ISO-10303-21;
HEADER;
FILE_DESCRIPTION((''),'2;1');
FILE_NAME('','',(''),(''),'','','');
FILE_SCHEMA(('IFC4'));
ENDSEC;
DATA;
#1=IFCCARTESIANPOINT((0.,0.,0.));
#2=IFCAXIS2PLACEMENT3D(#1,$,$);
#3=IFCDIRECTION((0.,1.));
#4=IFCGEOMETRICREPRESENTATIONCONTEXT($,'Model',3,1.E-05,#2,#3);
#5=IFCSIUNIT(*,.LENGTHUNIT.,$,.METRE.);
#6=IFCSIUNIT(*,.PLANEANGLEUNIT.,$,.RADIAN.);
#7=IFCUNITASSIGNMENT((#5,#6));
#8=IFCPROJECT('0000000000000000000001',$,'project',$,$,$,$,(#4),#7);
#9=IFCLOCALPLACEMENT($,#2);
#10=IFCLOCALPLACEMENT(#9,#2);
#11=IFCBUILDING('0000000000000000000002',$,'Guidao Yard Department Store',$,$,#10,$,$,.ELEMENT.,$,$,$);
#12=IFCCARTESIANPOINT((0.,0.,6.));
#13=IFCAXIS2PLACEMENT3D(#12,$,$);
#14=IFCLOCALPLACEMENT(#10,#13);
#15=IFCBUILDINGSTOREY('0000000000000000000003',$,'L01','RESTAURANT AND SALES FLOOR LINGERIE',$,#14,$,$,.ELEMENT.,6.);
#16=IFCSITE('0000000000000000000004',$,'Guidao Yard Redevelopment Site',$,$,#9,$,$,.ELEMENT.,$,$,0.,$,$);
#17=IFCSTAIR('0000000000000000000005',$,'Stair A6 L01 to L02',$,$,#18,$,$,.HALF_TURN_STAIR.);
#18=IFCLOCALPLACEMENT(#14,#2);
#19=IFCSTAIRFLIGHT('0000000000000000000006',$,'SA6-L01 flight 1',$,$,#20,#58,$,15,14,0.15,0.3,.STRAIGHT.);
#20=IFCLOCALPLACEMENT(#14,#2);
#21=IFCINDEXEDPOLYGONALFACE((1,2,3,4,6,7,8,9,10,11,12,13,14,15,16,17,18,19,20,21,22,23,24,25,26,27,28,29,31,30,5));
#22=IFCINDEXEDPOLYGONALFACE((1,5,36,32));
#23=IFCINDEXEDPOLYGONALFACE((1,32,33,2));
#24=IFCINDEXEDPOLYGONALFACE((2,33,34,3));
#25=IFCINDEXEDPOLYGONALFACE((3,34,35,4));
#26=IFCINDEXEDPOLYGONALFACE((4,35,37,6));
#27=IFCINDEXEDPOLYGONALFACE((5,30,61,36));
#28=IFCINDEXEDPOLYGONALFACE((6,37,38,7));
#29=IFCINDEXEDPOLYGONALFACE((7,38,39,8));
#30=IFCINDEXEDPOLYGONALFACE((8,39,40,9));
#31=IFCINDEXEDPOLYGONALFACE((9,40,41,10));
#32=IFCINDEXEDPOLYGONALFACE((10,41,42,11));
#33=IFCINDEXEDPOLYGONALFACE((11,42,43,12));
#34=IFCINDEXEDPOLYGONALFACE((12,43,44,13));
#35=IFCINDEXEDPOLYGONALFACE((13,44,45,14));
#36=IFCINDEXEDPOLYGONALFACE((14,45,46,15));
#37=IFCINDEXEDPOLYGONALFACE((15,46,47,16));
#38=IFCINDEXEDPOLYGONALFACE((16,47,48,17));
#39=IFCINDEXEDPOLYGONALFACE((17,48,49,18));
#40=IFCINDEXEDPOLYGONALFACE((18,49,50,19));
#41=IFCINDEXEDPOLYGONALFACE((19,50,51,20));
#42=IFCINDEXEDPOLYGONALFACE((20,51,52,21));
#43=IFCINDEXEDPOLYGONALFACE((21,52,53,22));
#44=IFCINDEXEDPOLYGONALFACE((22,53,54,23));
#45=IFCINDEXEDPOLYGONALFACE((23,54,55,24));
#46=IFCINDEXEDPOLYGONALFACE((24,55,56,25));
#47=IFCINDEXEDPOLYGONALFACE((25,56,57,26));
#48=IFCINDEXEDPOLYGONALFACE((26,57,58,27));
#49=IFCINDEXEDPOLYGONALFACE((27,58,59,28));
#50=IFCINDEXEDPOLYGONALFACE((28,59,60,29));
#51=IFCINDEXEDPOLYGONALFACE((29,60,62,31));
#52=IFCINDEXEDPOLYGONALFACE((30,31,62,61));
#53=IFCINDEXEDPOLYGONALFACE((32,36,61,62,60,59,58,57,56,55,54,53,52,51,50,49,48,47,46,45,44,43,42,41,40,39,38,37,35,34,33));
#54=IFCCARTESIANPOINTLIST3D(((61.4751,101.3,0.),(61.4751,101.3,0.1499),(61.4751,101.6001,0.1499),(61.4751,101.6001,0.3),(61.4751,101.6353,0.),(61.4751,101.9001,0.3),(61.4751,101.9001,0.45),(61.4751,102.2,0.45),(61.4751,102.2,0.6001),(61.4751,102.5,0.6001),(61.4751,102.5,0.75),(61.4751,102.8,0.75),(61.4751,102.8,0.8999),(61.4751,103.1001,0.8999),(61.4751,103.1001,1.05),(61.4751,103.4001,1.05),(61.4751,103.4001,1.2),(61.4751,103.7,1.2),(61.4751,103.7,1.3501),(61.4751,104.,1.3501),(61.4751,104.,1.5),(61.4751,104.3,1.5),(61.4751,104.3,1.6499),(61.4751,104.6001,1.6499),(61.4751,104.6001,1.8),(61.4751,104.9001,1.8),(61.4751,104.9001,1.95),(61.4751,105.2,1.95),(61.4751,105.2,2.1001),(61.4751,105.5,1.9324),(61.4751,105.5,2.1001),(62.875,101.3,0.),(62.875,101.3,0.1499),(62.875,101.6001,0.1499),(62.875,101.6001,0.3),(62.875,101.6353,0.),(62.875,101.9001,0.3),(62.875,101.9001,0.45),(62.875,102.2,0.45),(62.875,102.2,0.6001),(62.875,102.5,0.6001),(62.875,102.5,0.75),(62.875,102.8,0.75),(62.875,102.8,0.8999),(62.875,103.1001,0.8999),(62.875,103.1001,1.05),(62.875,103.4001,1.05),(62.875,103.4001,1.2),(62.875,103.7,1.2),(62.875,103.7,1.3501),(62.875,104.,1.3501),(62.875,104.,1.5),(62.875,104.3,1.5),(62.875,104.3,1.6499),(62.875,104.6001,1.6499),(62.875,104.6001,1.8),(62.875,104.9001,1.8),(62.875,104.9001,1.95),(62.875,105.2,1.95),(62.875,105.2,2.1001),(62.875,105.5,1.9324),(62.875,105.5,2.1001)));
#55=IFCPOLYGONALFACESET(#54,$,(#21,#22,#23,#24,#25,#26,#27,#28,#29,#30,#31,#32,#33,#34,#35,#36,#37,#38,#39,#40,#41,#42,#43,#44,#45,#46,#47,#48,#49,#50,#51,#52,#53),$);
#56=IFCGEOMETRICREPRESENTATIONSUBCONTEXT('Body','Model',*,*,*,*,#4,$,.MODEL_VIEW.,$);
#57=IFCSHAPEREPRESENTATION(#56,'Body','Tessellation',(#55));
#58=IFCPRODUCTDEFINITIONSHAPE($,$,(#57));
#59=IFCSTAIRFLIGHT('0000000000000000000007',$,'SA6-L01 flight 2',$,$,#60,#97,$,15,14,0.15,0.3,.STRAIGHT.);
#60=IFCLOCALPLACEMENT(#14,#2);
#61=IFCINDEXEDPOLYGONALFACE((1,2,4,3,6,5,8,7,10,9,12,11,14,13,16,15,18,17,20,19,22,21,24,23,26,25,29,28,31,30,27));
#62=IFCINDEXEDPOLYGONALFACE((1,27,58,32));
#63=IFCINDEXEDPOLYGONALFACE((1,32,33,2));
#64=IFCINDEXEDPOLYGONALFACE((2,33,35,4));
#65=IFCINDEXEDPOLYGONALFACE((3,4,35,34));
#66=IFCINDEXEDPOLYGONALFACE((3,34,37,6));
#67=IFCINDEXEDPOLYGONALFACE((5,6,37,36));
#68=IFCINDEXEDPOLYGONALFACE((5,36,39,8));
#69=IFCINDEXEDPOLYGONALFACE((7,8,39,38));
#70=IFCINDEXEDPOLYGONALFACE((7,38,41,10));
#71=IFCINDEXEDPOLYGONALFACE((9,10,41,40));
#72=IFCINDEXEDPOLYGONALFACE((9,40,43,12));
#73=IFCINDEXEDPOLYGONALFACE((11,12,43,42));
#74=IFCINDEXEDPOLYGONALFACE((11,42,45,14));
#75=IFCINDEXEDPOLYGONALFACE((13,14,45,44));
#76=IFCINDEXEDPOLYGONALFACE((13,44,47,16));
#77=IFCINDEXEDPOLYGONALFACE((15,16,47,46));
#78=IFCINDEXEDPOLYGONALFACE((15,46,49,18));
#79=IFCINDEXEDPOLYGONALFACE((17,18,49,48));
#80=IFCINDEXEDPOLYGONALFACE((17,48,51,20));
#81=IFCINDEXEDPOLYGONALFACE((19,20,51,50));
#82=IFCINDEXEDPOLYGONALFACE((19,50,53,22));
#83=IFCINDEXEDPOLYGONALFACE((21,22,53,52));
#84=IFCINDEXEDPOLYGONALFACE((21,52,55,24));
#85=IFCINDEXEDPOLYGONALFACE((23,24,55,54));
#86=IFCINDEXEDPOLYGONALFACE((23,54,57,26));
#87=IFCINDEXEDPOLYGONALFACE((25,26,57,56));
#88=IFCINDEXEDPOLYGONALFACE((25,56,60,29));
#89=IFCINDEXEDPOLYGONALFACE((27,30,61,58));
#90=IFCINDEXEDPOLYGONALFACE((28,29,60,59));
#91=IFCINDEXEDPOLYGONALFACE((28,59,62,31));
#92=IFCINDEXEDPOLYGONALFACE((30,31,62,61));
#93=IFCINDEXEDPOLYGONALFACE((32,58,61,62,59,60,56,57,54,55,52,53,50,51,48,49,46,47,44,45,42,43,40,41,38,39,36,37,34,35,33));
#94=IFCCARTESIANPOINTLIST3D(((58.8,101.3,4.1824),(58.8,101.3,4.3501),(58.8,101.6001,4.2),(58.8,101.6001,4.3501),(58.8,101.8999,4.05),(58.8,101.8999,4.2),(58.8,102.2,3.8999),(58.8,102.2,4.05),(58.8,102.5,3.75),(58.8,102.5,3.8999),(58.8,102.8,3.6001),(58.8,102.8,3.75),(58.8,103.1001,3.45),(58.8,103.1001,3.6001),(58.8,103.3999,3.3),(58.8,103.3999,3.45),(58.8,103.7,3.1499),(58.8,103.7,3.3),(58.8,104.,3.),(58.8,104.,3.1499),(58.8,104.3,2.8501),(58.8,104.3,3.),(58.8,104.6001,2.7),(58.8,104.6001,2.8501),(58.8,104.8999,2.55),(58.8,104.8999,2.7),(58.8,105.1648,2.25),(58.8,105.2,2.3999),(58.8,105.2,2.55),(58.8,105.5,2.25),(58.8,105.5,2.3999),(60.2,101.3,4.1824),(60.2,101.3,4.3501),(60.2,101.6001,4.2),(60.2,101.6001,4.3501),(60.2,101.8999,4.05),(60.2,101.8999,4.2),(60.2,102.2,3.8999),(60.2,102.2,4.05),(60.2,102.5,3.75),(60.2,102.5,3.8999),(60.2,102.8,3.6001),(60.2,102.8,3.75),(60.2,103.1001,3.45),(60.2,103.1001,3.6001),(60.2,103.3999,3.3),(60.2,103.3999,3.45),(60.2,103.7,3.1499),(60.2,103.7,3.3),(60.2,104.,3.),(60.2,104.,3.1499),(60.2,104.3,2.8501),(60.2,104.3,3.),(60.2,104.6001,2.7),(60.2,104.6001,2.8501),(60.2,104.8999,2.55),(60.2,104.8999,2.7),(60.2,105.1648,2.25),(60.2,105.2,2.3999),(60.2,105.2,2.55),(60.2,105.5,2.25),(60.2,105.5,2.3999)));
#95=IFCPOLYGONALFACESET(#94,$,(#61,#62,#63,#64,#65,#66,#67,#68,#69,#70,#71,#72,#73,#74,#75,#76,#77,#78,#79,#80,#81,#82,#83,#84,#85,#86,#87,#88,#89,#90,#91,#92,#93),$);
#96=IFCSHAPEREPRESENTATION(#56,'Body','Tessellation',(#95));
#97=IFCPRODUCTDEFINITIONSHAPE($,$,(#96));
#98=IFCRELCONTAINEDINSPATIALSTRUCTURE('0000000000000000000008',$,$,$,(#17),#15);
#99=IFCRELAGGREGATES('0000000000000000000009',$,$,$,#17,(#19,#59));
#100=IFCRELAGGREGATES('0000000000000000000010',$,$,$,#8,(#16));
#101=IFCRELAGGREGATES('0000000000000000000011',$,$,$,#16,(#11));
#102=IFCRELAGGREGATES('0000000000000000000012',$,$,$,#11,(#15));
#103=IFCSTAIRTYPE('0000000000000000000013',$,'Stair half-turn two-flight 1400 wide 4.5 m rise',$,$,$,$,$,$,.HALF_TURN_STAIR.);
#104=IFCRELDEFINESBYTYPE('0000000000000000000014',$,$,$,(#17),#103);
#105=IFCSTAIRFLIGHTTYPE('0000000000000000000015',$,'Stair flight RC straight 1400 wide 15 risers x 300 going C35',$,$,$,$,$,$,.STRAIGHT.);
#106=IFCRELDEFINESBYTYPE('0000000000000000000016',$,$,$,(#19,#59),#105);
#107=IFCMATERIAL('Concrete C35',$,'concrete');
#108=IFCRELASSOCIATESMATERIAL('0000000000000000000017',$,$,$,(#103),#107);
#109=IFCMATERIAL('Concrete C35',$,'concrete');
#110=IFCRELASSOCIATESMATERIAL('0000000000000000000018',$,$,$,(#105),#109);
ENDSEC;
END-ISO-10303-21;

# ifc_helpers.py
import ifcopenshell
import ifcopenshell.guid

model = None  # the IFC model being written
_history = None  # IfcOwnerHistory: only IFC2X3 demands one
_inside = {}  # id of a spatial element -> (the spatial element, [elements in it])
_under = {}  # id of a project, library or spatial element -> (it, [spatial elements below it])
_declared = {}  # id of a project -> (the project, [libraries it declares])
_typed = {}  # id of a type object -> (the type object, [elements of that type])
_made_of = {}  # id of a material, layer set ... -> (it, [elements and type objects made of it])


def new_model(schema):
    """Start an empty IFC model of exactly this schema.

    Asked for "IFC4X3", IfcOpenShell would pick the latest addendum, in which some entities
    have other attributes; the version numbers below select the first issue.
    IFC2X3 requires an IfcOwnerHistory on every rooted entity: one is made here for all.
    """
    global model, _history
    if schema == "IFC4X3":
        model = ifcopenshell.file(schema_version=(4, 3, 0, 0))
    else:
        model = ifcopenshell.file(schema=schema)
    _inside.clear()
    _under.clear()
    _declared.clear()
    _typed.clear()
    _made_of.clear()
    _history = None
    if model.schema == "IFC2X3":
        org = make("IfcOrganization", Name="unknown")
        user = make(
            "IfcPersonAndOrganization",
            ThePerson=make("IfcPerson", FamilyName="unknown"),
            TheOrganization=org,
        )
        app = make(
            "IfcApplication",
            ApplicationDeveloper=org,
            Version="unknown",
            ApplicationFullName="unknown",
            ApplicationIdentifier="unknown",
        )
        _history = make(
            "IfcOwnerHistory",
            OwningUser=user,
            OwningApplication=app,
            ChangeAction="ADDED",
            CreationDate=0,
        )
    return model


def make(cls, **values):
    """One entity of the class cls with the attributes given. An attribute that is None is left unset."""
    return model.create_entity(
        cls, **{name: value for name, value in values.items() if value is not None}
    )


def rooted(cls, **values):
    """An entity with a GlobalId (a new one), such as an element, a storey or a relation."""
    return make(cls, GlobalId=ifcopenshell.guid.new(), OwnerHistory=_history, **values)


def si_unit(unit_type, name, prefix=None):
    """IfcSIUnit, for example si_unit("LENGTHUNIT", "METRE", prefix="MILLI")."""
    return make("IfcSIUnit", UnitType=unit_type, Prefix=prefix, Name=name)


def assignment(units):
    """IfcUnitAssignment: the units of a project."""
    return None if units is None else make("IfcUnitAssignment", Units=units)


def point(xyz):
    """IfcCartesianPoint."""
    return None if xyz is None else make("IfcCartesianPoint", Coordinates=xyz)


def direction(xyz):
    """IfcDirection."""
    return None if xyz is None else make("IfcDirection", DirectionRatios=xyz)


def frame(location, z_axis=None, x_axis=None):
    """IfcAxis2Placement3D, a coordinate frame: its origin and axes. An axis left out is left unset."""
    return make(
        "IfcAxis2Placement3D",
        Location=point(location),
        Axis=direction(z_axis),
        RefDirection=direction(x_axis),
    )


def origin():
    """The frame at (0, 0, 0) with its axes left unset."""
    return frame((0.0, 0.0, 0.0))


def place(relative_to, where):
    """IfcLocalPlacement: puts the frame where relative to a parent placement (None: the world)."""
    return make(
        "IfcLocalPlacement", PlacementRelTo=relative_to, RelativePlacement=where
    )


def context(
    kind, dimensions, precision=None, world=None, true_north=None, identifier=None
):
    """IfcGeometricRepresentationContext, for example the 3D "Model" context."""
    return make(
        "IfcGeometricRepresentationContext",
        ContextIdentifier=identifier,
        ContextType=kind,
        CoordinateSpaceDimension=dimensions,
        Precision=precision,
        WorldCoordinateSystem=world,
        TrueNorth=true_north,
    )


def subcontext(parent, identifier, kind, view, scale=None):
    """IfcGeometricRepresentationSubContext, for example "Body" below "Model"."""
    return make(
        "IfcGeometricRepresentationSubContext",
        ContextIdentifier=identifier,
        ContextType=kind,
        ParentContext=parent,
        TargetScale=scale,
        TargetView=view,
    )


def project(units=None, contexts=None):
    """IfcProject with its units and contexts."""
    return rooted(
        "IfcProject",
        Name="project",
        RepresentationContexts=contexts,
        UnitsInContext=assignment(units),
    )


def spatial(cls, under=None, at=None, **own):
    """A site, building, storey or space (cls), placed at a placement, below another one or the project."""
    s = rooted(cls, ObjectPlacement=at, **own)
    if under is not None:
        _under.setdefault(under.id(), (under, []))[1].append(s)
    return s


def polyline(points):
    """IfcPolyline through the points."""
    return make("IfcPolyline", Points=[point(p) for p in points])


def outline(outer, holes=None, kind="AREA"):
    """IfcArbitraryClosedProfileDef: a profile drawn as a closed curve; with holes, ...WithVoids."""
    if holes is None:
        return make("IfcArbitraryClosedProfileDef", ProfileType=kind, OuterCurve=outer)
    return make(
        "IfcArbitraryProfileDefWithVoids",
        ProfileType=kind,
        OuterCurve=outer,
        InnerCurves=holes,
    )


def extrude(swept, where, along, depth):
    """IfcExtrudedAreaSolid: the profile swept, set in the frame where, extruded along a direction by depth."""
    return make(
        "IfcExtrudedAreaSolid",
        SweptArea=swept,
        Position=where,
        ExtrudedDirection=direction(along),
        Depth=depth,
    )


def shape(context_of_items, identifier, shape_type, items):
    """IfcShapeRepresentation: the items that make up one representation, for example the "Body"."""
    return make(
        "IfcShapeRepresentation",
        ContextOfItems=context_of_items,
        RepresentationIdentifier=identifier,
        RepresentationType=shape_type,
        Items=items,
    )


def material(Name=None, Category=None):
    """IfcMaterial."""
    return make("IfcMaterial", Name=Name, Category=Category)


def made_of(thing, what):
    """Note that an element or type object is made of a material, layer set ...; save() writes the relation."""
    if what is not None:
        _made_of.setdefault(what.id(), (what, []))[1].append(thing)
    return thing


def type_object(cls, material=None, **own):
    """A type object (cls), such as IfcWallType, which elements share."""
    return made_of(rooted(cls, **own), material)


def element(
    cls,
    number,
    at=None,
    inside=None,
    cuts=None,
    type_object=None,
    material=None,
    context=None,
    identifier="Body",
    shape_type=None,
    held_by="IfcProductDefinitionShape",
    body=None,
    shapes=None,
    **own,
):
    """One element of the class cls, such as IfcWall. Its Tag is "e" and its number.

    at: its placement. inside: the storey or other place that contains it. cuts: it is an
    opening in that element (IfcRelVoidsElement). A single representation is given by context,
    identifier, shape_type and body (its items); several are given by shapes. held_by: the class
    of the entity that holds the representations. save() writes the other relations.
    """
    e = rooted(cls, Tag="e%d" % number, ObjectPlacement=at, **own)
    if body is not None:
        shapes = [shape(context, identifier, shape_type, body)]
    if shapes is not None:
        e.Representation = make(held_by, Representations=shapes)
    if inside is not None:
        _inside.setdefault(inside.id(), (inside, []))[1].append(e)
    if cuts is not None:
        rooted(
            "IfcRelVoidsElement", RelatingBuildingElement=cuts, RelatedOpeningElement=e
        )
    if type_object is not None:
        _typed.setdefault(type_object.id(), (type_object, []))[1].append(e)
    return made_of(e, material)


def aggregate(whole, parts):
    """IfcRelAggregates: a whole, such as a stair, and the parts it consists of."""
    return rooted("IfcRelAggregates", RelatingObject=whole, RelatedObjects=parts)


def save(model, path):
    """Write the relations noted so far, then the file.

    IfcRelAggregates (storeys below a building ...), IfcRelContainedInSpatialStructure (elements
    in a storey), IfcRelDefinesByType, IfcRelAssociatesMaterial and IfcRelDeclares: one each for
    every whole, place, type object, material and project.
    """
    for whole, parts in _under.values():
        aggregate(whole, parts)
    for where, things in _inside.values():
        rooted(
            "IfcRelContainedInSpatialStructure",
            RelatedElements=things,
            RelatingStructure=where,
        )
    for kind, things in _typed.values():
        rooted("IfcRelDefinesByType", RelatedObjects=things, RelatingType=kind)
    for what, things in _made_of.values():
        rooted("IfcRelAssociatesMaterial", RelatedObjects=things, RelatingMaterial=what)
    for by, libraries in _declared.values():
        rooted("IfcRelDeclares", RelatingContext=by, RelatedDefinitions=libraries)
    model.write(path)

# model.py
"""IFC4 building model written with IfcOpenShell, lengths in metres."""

from ifc_helpers import new_model, si_unit, direction, frame, origin, place, context, subcontext, project, spatial, polyline, outline, extrude, material, type_object, element, aggregate, save


model = new_model("IFC4")

# Units and contexts
model_context = context("Model", 3, precision=1e-05, world=origin(), true_north=direction((0.0, 1.0)))
body_context = subcontext(model_context, "Body", "Model", "MODEL_VIEW")
ifc_project = project(units=[si_unit("LENGTHUNIT", "METRE"), si_unit("PLANEANGLEUNIT", "RADIAN")], contexts=[model_context])

# Site, building, storey
site_placement = place(None, origin())
site = spatial("IfcSite", under=ifc_project, at=site_placement, Name="Guidao Yard Redevelopment Site", CompositionType="ELEMENT", RefElevation=0.0)
building_placement = place(site_placement, origin())
building = spatial("IfcBuilding", under=site, at=building_placement, Name="Guidao Yard Department Store", CompositionType="ELEMENT")
storey_placement = place(building_placement, frame((0.0, 0.0, 6.0)))
storey = spatial("IfcBuildingStorey", under=building, at=storey_placement, Name="L01", Description="RESTAURANT AND SALES FLOOR LINGERIE", CompositionType="ELEMENT", Elevation=6.0)

# Stair, stair flights
ifc_material_1 = material(Name="Concrete C35", Category="concrete")
stair_type = type_object("IfcStairType", Name="Stair half-turn two-flight 1400 wide 4.5 m rise", PredefinedType="HALF_TURN_STAIR", material=ifc_material_1)
stair_placement = place(storey_placement, origin())
stair = element("IfcStair", 1, at=stair_placement, inside=storey, type_object=stair_type, Name="Stair A6 L01 to L02", PredefinedType="HALF_TURN_STAIR")
ifc_material_2 = material(Name="Concrete C35", Category="concrete")
stair_flight_type = type_object("IfcStairFlightType", Name="Stair flight RC straight 1400 wide 15 risers x 300 going C35", PredefinedType="STRAIGHT", material=ifc_material_2)
stair_flight_1_placement = place(storey_placement, frame((62.175, 101.3, 0.0), z_axis=(0.0, 0.0, 1.0), x_axis=(0.0, 1.0, 0.0)))
stair_flight_1 = element("IfcStairFlight", 2, at=stair_flight_1_placement, type_object=stair_flight_type, Name="SA6-L01 flight 1", NumberOfRisers=15, NumberOfTreads=14, PredefinedType="STRAIGHT", RiserHeight=0.15, TreadLength=0.3, context=body_context, shape_type="SweptSolid", body=[
    extrude(outline(polyline([(0.0, 0.0), (0.0, 0.1499), (0.3, 0.1499), (0.3, 0.3), (0.6001, 0.3), (0.6001, 0.45), (0.8999, 0.45), (0.8999, 0.6001), (1.2, 0.6001), (1.2, 0.75), (1.5, 0.75), (1.5, 0.8999), (1.8, 0.8999), (1.8, 1.05), (2.1001, 1.05), (2.1001, 1.2), (2.3999, 1.2), (2.3999, 1.3501), (2.7, 1.3501), (2.7, 1.5), (3.0, 1.5), (3.0, 1.6499), (3.3, 1.6499), (3.3, 1.8), (3.6001, 1.8), (3.6001, 1.95), (3.8999, 1.95), (3.8999, 2.1001), (4.2, 2.1001), (4.2, 2.25), (4.2, 1.9324), (0.3352, 0.0), (0.0, 0.0)])), frame((0.0, 0.7, 0.0), z_axis=(0.0, -1.0, 0.0), x_axis=(1.0, 0.0, 0.0)), (0.0, 0.0, 1.0), 1.3999),
])
stair_flight_2_placement = place(storey_placement, frame((59.5, 105.5, 2.25), z_axis=(0.0, 0.0, 1.0), x_axis=(0.0, -1.0, 0.0)))
stair_flight_2 = element("IfcStairFlight", 3, at=stair_flight_2_placement, type_object=stair_flight_type, Name="SA6-L01 flight 2", NumberOfRisers=15, NumberOfTreads=14, PredefinedType="STRAIGHT", RiserHeight=0.15, TreadLength=0.3, context=body_context, shape_type="SweptSolid", body=[
    extrude(outline(polyline([(0.0, 0.0), (0.0, 0.1499), (0.3, 0.1499), (0.3, 0.3), (0.6001, 0.3), (0.6001, 0.45), (0.8999, 0.45), (0.8999, 0.6001), (1.2, 0.6001), (1.2, 0.75), (1.5, 0.75), (1.5, 0.8999), (1.8, 0.8999), (1.8, 1.05), (2.1001, 1.05), (2.1001, 1.2), (2.3999, 1.2), (2.3999, 1.3501), (2.7, 1.3501), (2.7, 1.5), (3.0, 1.5), (3.0, 1.6499), (3.3, 1.6499), (3.3, 1.8), (3.6001, 1.8), (3.6001, 1.95), (3.8999, 1.95), (3.8999, 2.1001), (4.2, 2.1001), (4.2, 2.25), (4.2, 1.9324), (0.3352, 0.0), (0.0, 0.0)])), frame((0.0, 0.7, 0.0), z_axis=(0.0, -1.0, 0.0), x_axis=(1.0, 0.0, 0.0)), (0.0, 0.0, 1.0), 1.3999),
])
aggregate(stair, [stair_flight_1, stair_flight_2])

save(model, "model.ifc")
